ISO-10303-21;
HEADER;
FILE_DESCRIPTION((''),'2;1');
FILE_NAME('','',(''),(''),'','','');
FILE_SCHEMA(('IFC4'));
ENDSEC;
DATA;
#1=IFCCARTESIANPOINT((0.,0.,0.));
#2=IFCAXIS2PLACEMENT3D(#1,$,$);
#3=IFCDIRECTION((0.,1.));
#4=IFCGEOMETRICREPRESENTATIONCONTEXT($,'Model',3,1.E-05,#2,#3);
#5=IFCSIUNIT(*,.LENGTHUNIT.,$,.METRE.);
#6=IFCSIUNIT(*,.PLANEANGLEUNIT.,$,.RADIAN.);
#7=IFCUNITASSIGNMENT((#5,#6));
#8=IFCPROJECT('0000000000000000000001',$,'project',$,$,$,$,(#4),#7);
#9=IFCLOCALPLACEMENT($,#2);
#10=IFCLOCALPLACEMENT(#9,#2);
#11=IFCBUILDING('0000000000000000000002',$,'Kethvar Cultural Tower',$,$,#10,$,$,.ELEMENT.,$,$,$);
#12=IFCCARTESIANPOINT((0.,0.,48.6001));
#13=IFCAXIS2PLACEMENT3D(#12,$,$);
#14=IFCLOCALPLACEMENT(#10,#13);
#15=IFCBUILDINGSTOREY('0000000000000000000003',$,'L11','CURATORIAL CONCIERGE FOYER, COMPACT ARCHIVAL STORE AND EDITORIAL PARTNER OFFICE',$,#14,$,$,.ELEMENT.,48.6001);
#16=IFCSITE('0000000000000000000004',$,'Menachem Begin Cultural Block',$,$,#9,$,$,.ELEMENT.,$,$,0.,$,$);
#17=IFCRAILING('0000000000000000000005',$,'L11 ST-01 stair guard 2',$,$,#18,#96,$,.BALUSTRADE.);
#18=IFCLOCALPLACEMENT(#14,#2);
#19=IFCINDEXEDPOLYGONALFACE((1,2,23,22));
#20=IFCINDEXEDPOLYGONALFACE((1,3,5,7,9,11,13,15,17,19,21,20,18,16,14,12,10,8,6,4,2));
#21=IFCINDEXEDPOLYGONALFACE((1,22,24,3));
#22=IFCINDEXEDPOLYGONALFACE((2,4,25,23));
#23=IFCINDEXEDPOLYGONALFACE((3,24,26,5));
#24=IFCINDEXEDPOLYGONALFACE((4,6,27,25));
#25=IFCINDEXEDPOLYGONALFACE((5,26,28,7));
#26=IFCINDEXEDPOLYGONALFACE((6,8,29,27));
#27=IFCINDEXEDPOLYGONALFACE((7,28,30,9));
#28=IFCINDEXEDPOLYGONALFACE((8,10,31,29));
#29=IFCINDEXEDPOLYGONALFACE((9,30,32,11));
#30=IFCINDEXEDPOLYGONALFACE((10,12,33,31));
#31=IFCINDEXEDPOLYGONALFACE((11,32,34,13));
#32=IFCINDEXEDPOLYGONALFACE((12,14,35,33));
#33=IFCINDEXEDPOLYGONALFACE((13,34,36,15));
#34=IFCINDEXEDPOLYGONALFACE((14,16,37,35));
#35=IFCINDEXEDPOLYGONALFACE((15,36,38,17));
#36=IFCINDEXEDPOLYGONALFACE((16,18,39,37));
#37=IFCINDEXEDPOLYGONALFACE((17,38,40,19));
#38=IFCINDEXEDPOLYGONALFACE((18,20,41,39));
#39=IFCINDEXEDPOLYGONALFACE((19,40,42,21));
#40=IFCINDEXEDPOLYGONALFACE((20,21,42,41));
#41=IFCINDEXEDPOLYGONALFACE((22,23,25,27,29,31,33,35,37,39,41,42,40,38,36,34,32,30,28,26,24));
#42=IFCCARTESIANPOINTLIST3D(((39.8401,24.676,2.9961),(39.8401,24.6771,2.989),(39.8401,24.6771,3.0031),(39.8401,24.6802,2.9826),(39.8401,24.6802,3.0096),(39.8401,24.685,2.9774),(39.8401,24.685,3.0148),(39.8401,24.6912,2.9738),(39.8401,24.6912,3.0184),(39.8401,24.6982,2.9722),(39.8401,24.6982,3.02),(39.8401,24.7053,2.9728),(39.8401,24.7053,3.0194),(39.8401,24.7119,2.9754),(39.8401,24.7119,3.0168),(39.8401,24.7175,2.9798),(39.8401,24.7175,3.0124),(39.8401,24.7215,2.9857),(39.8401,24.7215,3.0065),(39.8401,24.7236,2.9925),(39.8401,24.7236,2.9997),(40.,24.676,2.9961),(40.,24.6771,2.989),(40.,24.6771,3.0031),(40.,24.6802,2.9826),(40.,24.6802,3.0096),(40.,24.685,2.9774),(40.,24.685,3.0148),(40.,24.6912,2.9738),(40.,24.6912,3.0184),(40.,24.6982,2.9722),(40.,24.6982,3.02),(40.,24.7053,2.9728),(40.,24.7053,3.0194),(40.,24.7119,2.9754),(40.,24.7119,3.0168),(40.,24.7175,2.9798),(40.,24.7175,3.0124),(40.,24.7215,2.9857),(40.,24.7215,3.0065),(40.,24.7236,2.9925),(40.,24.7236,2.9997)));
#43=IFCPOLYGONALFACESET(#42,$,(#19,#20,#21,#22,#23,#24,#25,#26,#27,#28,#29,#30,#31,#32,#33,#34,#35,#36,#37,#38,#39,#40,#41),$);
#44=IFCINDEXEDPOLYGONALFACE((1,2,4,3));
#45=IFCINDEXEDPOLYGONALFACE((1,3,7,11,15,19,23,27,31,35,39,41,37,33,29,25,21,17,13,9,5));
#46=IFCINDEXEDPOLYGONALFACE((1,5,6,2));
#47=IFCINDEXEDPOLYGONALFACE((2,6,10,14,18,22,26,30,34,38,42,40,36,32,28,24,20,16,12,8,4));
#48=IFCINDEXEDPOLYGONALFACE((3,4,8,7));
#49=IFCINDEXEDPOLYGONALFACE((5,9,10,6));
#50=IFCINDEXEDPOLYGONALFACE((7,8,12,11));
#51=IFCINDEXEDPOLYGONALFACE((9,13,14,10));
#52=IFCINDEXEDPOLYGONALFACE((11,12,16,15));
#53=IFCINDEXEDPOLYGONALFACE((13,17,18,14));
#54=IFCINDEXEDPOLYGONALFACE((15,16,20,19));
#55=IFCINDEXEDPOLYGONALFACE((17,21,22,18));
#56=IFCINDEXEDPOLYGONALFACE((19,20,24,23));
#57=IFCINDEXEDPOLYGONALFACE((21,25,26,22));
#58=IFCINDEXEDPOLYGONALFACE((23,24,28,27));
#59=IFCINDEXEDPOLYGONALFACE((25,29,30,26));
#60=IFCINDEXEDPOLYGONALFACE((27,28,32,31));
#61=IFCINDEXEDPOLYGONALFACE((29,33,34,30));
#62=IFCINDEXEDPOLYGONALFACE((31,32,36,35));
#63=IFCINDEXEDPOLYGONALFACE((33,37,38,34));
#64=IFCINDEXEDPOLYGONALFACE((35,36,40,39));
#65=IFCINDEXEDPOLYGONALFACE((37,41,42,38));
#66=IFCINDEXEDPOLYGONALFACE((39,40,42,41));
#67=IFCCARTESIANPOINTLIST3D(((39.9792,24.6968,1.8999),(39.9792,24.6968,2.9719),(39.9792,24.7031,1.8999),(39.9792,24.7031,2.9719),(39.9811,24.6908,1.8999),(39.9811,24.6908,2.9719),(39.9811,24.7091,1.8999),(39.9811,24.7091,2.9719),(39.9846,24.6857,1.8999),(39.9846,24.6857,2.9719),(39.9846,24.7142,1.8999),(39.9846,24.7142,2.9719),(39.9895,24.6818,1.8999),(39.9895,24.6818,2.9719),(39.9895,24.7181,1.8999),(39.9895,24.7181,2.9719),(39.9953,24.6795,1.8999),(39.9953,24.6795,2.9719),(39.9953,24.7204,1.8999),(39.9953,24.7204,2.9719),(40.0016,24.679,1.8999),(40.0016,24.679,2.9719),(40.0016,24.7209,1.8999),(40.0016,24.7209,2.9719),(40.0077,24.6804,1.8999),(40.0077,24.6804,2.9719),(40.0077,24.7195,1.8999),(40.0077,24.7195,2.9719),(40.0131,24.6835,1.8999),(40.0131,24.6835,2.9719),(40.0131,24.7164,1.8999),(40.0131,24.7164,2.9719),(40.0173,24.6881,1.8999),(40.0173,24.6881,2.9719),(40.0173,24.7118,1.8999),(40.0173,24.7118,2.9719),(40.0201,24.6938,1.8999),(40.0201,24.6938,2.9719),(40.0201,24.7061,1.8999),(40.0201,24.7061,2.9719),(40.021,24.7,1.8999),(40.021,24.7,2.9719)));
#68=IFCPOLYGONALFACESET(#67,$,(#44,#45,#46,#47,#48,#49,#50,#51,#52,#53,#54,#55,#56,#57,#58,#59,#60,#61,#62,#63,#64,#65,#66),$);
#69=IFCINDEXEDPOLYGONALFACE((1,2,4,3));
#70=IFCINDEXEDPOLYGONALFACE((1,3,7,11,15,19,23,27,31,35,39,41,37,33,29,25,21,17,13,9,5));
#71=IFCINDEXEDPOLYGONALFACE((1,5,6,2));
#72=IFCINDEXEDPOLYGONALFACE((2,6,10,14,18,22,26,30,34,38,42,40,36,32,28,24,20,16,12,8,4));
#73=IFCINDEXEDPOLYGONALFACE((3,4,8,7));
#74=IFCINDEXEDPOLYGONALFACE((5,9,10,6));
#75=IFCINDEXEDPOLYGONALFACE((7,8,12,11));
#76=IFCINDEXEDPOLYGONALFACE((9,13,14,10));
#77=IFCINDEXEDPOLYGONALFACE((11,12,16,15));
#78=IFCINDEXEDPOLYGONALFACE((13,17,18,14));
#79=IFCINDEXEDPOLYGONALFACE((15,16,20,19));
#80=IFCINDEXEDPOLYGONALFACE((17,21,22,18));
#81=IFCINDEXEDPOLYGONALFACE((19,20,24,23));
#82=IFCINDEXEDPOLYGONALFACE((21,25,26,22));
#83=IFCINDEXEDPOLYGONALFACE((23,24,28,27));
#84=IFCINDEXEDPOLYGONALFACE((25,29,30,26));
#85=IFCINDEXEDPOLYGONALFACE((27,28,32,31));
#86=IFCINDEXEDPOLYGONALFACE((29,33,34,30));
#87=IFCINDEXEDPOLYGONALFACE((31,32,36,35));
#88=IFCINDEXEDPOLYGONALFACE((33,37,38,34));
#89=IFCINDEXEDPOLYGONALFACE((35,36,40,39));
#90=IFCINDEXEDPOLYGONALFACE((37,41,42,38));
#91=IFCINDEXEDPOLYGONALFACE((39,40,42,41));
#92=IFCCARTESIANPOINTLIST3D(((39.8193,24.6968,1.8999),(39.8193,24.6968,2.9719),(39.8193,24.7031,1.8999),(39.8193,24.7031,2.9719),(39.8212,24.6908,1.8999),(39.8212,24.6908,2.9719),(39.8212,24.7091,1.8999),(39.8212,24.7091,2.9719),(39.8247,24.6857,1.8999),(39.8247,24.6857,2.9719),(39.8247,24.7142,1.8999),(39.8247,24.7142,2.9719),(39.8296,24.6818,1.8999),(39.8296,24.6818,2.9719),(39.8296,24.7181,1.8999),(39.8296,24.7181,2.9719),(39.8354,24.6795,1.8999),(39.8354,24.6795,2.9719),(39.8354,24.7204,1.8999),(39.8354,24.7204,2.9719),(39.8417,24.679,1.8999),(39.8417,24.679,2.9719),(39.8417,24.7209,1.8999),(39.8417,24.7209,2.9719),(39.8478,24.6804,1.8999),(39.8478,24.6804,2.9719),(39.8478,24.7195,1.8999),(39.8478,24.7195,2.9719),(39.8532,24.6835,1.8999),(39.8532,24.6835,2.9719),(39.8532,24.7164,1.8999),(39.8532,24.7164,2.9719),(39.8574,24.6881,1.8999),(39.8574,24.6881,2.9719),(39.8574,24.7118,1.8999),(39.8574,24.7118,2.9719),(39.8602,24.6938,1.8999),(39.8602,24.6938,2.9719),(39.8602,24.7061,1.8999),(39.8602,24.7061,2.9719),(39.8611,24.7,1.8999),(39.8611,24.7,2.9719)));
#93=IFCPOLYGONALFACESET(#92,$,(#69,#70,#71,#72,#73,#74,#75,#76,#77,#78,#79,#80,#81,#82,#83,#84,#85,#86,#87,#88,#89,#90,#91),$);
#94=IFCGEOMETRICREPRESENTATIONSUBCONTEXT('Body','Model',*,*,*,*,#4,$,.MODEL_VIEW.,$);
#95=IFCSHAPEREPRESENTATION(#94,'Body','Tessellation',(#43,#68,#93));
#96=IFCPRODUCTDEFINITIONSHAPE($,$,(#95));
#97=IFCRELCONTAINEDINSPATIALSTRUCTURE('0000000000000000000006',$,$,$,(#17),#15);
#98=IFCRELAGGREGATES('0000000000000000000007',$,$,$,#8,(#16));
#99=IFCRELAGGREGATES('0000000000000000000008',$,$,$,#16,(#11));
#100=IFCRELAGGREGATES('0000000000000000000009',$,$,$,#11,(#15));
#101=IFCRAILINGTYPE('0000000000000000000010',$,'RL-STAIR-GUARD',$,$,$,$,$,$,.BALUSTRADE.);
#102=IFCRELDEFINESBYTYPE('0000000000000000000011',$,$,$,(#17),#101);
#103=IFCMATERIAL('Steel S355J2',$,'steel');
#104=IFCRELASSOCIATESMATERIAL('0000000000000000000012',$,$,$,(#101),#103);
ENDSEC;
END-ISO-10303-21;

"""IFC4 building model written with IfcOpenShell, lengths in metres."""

from ifc_helpers import new_model, si_unit, direction, frame, origin, origin_2d, place, context, subcontext, project, spatial, circle, extrude, material, type_object, element, save


model = new_model("IFC4")

# Units and contexts
model_context = context("Model", 3, precision=1e-05, world=origin(), true_north=direction((0.0, 1.0)))
body_context = subcontext(model_context, "Body", "Model", "MODEL_VIEW")
ifc_project = project(units=[si_unit("LENGTHUNIT", "METRE"), si_unit("PLANEANGLEUNIT", "RADIAN")], contexts=[model_context])

# Site, building, storey
site_placement = place(None, origin())
site = spatial("IfcSite", under=ifc_project, at=site_placement, Name="Menachem Begin Cultural Block", CompositionType="ELEMENT", RefElevation=0.0)
building_placement = place(site_placement, origin())
building = spatial("IfcBuilding", under=site, at=building_placement, Name="Kethvar Cultural Tower", CompositionType="ELEMENT")
storey_placement = place(building_placement, frame((0.0, 0.0, 48.6001)))
storey = spatial("IfcBuildingStorey", under=building, at=storey_placement, Name="L11", Description="CURATORIAL CONCIERGE FOYER, COMPACT ARCHIVAL STORE AND EDITORIAL PARTNER OFFICE", CompositionType="ELEMENT", Elevation=48.6001)

# Shared definitions
ifc_material_1 = material(Name="Steel S355J2", Category="steel")

# Railing
railing_type_1 = type_object("IfcRailingType", Name="RL-STAIR-GUARD", PredefinedType="BALUSTRADE", material=ifc_material_1)
railing_1_placement = place(storey_placement, frame((40.0, 24.7, 1.8999)))
element("IfcRailing", 1, at=railing_1_placement, inside=storey, type_object=railing_type_1, Name="L11 ST-01 stair guard 2", PredefinedType="BALUSTRADE", context=body_context, shape_type="SweptSolid", body=[
    extrude(circle(Radius=0.0239, at=origin_2d()), frame((0.0, 0.0, 1.0962), z_axis=(-1.0, 0.0, 0.0), x_axis=(0.0, -1.0, 0.0)), (0.0, 0.0, 1.0), 0.1599),
    extrude(circle(Radius=0.021, at=origin_2d()), origin(), (0.0, 0.0, 1.0), 1.072),
    extrude(circle(Radius=0.021, at=origin_2d()), frame((-0.1599, 0.0, 0.0)), (0.0, 0.0, 1.0), 1.072),
])

save(model, "model.ifc")
